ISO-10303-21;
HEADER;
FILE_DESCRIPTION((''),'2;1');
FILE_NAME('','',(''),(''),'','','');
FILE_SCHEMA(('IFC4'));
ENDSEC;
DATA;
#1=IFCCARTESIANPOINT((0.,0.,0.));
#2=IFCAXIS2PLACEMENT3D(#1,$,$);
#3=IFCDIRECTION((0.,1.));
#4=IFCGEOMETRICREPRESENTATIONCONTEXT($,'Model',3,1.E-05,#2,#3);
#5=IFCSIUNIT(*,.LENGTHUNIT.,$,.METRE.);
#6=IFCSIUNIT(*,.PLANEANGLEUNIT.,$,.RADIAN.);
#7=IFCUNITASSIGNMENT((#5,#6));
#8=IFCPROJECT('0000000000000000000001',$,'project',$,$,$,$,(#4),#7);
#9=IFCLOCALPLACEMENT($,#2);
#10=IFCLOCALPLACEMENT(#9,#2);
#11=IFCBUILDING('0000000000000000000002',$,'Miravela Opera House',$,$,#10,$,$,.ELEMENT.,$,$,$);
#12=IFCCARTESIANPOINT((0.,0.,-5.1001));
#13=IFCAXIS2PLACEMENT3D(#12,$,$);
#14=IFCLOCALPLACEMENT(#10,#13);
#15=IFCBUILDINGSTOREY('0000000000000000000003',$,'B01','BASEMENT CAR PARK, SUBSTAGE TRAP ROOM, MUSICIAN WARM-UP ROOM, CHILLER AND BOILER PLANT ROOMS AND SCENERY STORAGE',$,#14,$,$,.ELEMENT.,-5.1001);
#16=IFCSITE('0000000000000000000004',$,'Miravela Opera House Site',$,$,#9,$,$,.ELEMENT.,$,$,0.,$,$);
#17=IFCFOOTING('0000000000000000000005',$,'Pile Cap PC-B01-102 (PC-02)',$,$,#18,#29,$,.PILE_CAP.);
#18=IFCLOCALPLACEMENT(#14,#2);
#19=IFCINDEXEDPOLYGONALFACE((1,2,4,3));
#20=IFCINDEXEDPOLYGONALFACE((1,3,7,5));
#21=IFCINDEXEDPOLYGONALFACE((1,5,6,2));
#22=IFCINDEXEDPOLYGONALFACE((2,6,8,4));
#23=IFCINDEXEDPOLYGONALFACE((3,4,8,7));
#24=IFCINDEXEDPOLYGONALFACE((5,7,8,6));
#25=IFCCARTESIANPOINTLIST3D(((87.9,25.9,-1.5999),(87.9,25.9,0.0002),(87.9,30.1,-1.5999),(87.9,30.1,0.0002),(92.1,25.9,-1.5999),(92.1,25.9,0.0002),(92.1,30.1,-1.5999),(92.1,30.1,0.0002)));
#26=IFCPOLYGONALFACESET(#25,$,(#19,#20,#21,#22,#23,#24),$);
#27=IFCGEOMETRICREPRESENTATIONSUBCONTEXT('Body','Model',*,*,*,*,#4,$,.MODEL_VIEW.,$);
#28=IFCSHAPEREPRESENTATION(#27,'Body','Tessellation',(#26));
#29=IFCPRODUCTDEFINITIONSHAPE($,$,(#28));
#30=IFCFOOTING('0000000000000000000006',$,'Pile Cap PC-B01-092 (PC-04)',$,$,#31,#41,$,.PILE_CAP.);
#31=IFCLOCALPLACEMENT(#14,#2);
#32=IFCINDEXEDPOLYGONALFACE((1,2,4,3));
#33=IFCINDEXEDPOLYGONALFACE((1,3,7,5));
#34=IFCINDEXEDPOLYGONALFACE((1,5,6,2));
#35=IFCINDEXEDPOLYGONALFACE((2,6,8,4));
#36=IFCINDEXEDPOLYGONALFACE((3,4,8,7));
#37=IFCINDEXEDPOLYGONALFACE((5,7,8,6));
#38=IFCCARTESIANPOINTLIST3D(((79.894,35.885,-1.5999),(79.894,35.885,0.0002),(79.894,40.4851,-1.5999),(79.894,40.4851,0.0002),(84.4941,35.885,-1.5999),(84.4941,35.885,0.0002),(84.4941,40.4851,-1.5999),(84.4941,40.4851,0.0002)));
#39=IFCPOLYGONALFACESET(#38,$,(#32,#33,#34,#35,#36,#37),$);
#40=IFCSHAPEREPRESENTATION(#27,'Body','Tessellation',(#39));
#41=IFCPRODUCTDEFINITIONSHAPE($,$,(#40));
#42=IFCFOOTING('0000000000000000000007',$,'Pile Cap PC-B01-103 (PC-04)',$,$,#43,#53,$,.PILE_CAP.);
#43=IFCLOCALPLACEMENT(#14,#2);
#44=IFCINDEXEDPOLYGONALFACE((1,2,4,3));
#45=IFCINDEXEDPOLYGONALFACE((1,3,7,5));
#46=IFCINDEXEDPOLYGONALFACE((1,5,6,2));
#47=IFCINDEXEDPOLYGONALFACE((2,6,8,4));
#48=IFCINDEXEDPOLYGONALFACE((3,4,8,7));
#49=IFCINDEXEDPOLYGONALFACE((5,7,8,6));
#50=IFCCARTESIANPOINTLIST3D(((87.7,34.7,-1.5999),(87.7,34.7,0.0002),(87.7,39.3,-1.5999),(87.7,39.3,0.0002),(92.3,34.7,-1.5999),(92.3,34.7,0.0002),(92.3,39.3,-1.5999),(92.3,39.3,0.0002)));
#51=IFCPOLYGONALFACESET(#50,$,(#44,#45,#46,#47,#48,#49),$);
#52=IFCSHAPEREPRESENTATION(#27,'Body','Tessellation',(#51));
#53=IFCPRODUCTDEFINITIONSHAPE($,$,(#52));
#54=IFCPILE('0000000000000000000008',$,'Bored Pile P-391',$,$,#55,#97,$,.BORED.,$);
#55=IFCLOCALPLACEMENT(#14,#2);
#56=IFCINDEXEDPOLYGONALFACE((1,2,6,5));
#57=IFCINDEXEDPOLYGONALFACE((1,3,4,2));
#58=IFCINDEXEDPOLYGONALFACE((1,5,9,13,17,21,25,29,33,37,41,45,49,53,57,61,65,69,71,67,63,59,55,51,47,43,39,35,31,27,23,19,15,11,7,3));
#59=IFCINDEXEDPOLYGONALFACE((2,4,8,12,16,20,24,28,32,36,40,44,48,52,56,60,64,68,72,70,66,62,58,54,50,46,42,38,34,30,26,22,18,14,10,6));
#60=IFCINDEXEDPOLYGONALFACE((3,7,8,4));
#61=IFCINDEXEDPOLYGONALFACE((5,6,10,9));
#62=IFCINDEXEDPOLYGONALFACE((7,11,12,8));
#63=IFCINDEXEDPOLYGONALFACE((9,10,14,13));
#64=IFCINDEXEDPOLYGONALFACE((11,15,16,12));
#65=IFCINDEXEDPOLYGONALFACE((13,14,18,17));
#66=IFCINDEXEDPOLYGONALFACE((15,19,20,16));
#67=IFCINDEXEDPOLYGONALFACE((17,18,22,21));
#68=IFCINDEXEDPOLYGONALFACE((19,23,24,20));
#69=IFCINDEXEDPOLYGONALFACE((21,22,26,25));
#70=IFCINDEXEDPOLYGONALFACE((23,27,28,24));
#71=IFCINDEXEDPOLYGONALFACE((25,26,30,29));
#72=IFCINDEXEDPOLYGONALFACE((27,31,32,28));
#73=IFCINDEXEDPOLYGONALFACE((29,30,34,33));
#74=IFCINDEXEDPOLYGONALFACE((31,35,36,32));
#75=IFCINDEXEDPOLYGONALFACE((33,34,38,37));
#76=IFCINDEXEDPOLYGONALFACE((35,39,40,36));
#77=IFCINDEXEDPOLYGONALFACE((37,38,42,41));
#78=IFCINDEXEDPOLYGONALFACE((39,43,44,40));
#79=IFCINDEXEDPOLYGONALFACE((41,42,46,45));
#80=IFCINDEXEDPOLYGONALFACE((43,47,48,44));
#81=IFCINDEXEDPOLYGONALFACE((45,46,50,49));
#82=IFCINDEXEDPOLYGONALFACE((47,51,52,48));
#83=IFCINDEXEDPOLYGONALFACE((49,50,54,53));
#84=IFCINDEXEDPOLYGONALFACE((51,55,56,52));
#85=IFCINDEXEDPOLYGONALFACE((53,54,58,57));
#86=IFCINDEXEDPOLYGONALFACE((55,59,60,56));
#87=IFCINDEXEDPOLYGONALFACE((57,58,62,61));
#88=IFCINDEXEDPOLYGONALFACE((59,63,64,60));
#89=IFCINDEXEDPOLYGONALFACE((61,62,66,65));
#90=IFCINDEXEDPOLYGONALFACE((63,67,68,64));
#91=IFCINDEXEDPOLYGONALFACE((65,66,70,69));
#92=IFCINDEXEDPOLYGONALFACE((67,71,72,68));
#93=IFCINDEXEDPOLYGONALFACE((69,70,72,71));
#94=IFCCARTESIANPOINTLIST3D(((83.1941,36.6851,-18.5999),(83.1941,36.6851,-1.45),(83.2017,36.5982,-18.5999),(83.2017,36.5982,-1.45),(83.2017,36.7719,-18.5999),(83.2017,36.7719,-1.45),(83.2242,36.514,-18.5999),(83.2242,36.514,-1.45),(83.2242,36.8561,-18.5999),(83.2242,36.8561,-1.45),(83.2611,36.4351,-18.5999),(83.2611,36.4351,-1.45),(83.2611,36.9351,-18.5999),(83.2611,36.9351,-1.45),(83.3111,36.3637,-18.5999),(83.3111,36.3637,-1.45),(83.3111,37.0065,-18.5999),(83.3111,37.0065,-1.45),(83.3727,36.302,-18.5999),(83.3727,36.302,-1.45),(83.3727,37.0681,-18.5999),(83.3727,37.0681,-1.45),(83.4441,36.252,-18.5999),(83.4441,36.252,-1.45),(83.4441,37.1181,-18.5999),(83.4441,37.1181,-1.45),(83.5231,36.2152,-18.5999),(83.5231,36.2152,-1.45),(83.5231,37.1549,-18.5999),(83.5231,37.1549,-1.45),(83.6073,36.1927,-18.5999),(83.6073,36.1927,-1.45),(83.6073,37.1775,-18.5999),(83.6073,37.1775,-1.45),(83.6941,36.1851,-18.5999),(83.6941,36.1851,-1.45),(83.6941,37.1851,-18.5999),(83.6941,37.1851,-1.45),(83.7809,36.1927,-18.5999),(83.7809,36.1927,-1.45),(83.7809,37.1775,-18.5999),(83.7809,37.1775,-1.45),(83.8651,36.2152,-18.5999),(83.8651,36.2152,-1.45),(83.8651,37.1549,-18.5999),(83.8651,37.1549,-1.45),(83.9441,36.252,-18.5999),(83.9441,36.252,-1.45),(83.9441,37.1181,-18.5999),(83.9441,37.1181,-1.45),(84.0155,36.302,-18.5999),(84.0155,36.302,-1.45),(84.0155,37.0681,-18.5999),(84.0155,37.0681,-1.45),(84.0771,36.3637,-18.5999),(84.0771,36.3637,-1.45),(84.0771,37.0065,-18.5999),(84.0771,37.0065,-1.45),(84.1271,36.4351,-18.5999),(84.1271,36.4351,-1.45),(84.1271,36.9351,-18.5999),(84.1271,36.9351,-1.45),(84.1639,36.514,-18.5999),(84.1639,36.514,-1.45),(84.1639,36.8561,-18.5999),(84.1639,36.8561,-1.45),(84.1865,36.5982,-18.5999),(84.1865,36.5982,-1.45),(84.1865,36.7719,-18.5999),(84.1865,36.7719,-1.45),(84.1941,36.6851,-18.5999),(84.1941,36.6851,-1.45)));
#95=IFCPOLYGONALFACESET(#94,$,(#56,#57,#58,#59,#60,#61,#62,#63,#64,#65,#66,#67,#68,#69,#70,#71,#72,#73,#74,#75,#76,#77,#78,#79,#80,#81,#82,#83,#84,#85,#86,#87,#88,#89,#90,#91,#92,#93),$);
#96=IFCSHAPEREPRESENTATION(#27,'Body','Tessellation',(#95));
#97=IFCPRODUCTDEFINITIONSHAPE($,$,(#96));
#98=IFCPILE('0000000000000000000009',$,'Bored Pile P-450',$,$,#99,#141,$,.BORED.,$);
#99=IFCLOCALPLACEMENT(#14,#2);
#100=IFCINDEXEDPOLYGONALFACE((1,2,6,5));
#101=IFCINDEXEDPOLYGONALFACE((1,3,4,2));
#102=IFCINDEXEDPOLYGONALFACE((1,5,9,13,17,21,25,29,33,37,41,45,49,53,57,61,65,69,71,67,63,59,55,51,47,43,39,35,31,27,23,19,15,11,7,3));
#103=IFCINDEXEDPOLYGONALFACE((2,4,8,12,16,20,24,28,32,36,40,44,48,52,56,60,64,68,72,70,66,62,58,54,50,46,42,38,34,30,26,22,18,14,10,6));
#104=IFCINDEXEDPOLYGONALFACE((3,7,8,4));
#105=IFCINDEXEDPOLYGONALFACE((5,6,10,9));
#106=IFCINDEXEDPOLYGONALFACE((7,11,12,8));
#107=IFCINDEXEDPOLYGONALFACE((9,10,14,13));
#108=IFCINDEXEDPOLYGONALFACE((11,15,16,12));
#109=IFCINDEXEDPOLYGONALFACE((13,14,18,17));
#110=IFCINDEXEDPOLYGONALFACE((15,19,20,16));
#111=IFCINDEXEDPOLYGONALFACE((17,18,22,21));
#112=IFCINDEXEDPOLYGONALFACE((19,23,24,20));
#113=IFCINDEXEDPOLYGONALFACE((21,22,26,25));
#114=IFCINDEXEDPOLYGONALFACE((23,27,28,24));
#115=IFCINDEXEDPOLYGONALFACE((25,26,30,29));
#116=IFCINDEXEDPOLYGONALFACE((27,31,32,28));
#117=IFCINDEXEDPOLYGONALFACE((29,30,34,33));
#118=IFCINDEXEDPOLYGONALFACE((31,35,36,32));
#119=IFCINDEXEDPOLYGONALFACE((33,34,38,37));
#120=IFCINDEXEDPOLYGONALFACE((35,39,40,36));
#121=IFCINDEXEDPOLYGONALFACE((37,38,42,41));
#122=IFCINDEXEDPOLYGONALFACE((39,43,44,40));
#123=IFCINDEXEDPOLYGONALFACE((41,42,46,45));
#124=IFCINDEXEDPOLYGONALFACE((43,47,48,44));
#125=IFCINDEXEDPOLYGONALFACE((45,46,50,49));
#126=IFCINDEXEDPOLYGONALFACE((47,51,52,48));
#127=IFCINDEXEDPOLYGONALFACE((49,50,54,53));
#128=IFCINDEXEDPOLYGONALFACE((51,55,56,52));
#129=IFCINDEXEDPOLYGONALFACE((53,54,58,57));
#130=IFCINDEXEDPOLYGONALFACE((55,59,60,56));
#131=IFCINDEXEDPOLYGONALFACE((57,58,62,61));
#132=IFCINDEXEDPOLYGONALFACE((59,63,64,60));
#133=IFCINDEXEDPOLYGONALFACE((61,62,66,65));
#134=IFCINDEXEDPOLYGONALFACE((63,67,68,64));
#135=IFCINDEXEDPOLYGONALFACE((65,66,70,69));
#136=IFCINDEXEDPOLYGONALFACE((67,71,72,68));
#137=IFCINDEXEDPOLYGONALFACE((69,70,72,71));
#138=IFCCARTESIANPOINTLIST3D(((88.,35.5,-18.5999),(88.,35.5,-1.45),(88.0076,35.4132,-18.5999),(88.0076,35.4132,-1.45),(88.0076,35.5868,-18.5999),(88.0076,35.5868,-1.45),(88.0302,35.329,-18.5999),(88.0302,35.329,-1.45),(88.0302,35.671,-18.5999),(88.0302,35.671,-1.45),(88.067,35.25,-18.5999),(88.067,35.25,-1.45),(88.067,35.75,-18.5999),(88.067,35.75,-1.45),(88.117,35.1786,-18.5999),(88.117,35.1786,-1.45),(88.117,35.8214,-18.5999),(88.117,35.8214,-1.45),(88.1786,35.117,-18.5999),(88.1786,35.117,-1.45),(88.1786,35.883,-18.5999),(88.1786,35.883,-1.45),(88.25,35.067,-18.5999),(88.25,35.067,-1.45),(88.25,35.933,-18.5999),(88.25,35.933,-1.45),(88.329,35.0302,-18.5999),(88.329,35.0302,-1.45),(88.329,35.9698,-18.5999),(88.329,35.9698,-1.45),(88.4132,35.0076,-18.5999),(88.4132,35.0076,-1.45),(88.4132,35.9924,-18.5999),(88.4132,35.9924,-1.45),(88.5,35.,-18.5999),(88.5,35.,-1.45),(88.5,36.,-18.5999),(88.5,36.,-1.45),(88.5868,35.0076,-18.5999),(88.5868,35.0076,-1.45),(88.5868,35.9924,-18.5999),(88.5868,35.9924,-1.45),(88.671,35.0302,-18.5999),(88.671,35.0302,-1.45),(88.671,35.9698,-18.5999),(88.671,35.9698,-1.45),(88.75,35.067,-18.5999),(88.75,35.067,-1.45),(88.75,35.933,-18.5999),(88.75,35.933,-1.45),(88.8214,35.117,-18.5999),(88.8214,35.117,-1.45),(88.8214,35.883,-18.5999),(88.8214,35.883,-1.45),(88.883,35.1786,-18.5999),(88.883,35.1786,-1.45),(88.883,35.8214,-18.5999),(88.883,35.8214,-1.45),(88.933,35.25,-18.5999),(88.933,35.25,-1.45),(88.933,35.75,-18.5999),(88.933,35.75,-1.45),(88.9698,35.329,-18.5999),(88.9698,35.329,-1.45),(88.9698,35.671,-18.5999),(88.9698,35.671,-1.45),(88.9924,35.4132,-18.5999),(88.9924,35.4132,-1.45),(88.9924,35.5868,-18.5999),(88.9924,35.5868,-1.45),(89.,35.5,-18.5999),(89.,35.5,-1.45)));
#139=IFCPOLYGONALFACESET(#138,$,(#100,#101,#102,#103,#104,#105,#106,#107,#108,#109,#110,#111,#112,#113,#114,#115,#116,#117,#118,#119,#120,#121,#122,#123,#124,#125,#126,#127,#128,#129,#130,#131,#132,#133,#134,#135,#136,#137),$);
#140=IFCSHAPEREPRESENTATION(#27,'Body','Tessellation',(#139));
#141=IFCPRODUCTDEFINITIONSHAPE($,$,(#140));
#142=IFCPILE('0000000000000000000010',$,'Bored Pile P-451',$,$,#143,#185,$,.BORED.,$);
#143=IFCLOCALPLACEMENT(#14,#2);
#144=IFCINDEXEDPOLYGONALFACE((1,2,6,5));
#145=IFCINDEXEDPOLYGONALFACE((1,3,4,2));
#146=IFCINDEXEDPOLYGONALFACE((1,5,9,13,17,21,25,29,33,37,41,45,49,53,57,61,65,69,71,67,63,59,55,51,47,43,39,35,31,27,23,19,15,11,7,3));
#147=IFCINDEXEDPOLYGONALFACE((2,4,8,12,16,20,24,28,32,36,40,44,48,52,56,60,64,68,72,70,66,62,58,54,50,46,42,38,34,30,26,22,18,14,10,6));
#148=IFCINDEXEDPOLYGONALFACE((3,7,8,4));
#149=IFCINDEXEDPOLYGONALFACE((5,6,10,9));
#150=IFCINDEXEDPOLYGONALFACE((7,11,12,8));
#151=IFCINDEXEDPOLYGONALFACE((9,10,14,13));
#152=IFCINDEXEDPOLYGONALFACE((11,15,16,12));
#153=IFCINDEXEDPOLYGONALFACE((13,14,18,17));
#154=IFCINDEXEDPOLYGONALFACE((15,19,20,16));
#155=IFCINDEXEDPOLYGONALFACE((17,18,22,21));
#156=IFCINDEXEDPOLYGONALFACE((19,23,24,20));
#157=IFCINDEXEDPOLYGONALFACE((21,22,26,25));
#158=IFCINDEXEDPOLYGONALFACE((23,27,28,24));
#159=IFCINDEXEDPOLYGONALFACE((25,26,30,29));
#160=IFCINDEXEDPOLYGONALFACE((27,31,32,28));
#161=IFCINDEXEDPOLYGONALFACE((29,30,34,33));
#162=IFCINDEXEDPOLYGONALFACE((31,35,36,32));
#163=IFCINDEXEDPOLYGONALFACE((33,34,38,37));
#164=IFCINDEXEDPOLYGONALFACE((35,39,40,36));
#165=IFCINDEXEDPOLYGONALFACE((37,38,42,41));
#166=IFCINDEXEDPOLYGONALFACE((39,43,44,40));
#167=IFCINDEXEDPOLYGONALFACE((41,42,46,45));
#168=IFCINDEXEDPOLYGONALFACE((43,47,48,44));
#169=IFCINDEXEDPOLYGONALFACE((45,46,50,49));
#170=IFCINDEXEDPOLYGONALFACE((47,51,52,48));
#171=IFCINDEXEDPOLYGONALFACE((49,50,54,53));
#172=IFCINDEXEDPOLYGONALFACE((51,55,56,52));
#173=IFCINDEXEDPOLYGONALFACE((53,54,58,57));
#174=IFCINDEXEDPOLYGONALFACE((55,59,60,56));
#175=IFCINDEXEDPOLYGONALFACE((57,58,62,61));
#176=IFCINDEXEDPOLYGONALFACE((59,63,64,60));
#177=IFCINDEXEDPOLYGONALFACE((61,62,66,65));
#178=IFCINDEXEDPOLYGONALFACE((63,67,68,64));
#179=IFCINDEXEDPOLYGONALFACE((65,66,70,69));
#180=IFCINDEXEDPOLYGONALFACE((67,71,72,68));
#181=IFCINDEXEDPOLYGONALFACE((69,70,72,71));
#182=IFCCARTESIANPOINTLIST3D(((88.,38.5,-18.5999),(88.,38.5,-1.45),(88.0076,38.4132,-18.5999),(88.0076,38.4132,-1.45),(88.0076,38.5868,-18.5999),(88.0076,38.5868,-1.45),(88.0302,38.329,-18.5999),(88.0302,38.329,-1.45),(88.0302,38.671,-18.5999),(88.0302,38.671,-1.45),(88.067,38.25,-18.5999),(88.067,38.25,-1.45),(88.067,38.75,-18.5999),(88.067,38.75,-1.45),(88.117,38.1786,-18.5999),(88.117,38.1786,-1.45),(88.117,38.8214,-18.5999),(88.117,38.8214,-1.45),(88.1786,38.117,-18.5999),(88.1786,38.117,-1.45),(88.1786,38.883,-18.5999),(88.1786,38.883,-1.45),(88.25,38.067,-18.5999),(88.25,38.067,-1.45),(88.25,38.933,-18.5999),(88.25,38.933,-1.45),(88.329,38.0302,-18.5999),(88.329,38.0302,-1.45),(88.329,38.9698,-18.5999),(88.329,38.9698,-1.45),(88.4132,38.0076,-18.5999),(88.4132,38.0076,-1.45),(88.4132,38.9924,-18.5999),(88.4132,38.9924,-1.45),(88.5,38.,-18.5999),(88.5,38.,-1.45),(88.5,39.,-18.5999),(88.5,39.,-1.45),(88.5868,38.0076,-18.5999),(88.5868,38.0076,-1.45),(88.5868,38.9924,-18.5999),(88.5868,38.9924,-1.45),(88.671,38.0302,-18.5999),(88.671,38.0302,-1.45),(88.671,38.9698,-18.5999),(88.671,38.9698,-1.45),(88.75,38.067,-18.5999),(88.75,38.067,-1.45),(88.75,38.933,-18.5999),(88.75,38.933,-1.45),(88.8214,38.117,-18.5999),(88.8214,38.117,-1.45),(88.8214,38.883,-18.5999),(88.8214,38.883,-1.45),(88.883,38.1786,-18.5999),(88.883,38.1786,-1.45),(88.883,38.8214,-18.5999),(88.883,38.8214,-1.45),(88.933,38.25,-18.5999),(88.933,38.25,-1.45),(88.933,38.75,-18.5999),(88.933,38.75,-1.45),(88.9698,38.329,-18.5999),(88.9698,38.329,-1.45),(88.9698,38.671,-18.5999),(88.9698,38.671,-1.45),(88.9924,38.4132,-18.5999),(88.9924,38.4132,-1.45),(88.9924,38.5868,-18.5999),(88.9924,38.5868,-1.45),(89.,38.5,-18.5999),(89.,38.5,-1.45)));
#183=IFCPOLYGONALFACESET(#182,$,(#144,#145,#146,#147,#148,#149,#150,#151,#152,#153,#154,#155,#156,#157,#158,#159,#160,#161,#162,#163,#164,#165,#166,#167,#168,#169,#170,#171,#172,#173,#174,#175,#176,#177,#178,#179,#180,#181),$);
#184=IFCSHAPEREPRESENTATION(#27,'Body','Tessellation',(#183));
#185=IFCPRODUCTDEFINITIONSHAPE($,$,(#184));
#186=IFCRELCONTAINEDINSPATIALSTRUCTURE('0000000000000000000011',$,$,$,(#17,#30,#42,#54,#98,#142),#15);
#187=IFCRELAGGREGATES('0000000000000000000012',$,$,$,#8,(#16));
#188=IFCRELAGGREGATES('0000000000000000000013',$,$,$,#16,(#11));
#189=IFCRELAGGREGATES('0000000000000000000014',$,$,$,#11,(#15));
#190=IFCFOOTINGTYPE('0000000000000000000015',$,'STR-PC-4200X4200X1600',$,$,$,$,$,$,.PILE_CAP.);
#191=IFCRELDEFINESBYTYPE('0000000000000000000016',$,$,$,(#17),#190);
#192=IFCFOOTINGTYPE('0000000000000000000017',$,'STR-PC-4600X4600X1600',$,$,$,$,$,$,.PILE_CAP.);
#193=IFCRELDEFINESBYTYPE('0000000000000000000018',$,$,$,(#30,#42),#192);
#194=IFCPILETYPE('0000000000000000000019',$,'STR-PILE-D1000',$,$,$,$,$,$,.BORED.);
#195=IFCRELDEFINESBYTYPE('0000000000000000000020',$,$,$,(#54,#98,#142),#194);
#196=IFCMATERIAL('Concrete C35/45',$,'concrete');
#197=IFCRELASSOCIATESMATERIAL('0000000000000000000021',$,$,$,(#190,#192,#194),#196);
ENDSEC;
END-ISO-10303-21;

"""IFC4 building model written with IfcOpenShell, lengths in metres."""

from ifc_helpers import new_model, si_unit, direction, frame, origin, origin_2d, place, context, subcontext, project, spatial, rectangle, circle, extrude, material, material_profile, profile_set, type_object, element, save


model = new_model("IFC4")

# Units and contexts
model_context = context("Model", 3, precision=1e-05, world=origin(), true_north=direction((0.0, 1.0)))
body_context = subcontext(model_context, "Body", "Model", "MODEL_VIEW")
ifc_project = project(units=[si_unit("LENGTHUNIT", "METRE"), si_unit("PLANEANGLEUNIT", "RADIAN")], contexts=[model_context])

# Site, building, storey
site_placement = place(None, origin())
site = spatial("IfcSite", under=ifc_project, at=site_placement, Name="Miravela Opera House Site", CompositionType="ELEMENT", RefElevation=0.0)
building_placement = place(site_placement, origin())
building = spatial("IfcBuilding", under=site, at=building_placement, Name="Miravela Opera House", CompositionType="ELEMENT")
storey_placement = place(building_placement, frame((0.0, 0.0, -5.1001)))
storey = spatial("IfcBuildingStorey", under=building, at=storey_placement, Name="B01", Description="BASEMENT CAR PARK, SUBSTAGE TRAP ROOM, MUSICIAN WARM-UP ROOM, CHILLER AND BOILER PLANT ROOMS AND SCENERY STORAGE", CompositionType="ELEMENT", Elevation=-5.1001)

# Footings
ifc_material_1 = material(Name="Concrete C35/45", Category="concrete")
footing_type_1 = type_object("IfcFootingType", Name="STR-PC-4200X4200X1600", PredefinedType="PILE_CAP", material=ifc_material_1)
footing_placement = place(storey_placement, frame((90.0, 28.0, -1.5999), z_axis=(0.0, 0.0, 1.0), x_axis=(1.0, 0.0, 0.0)))
element("IfcFooting", 1, at=footing_placement, inside=storey, type_object=footing_type_1, Name="Pile Cap PC-B01-102 (PC-02)", PredefinedType="PILE_CAP", context=body_context, shape_type="SweptSolid", body=[
    extrude(rectangle(XDim=4.2, YDim=4.2, at=origin_2d()), origin(), (0.0, 0.0, 1.0), 1.6001),
])
footing_type_2 = type_object("IfcFootingType", Name="STR-PC-4600X4600X1600", PredefinedType="PILE_CAP", material=ifc_material_1)
for number, where, z_axis, x_axis, name in (
    (2, (82.1941, 38.1851, -1.5999), (0.0, 0.0, 1.0), (1.0, 0.0, 0.0), "Pile Cap PC-B01-092 (PC-04)"),
    (3, (90.0, 37.0, -1.5999), (0.0, 0.0, 1.0), (1.0, 0.0, 0.0), "Pile Cap PC-B01-103 (PC-04)"),
):
    element("IfcFooting", number, at=place(storey_placement, frame(where, z_axis=z_axis, x_axis=x_axis)), inside=storey, type_object=footing_type_2, Name=name, PredefinedType="PILE_CAP", context=body_context, shape_type="SweptSolid", body=[
        extrude(rectangle(XDim=4.6001, YDim=4.6001, at=origin_2d()), origin(), (0.0, 0.0, 1.0), 1.6001),
    ])

# Piles
ifc_material_profile_1 = material_profile(ifc_material_1, circle(Radius=0.5, at=origin_2d()), Name="PILE-D1000")
ifc_profile_set_1 = profile_set([ifc_material_profile_1])
pile_type_1 = type_object("IfcPileType", Name="STR-PILE-D1000", PredefinedType="BORED", material=ifc_profile_set_1)
for number, where, z_axis, x_axis, name in (
    (4, (83.6941, 36.6851, -1.45), (0.0, 0.0, -1.0), (1.0, 0.0, 0.0), "Bored Pile P-391"),
    (5, (88.5, 35.5, -1.45), (0.0, 0.0, -1.0), (1.0, 0.0, 0.0), "Bored Pile P-450"),
    (6, (88.5, 38.5, -1.45), (0.0, 0.0, -1.0), (1.0, 0.0, 0.0), "Bored Pile P-451"),
):
    element("IfcPile", number, at=place(storey_placement, frame(where, z_axis=z_axis, x_axis=x_axis)), inside=storey, type_object=pile_type_1, Name=name, PredefinedType="BORED", context=body_context, shape_type="SweptSolid", body=[
        extrude(circle(Radius=0.5, at=origin_2d()), origin(), (0.0, 0.0, 1.0), 17.1499),
    ])

save(model, "model.ifc")
